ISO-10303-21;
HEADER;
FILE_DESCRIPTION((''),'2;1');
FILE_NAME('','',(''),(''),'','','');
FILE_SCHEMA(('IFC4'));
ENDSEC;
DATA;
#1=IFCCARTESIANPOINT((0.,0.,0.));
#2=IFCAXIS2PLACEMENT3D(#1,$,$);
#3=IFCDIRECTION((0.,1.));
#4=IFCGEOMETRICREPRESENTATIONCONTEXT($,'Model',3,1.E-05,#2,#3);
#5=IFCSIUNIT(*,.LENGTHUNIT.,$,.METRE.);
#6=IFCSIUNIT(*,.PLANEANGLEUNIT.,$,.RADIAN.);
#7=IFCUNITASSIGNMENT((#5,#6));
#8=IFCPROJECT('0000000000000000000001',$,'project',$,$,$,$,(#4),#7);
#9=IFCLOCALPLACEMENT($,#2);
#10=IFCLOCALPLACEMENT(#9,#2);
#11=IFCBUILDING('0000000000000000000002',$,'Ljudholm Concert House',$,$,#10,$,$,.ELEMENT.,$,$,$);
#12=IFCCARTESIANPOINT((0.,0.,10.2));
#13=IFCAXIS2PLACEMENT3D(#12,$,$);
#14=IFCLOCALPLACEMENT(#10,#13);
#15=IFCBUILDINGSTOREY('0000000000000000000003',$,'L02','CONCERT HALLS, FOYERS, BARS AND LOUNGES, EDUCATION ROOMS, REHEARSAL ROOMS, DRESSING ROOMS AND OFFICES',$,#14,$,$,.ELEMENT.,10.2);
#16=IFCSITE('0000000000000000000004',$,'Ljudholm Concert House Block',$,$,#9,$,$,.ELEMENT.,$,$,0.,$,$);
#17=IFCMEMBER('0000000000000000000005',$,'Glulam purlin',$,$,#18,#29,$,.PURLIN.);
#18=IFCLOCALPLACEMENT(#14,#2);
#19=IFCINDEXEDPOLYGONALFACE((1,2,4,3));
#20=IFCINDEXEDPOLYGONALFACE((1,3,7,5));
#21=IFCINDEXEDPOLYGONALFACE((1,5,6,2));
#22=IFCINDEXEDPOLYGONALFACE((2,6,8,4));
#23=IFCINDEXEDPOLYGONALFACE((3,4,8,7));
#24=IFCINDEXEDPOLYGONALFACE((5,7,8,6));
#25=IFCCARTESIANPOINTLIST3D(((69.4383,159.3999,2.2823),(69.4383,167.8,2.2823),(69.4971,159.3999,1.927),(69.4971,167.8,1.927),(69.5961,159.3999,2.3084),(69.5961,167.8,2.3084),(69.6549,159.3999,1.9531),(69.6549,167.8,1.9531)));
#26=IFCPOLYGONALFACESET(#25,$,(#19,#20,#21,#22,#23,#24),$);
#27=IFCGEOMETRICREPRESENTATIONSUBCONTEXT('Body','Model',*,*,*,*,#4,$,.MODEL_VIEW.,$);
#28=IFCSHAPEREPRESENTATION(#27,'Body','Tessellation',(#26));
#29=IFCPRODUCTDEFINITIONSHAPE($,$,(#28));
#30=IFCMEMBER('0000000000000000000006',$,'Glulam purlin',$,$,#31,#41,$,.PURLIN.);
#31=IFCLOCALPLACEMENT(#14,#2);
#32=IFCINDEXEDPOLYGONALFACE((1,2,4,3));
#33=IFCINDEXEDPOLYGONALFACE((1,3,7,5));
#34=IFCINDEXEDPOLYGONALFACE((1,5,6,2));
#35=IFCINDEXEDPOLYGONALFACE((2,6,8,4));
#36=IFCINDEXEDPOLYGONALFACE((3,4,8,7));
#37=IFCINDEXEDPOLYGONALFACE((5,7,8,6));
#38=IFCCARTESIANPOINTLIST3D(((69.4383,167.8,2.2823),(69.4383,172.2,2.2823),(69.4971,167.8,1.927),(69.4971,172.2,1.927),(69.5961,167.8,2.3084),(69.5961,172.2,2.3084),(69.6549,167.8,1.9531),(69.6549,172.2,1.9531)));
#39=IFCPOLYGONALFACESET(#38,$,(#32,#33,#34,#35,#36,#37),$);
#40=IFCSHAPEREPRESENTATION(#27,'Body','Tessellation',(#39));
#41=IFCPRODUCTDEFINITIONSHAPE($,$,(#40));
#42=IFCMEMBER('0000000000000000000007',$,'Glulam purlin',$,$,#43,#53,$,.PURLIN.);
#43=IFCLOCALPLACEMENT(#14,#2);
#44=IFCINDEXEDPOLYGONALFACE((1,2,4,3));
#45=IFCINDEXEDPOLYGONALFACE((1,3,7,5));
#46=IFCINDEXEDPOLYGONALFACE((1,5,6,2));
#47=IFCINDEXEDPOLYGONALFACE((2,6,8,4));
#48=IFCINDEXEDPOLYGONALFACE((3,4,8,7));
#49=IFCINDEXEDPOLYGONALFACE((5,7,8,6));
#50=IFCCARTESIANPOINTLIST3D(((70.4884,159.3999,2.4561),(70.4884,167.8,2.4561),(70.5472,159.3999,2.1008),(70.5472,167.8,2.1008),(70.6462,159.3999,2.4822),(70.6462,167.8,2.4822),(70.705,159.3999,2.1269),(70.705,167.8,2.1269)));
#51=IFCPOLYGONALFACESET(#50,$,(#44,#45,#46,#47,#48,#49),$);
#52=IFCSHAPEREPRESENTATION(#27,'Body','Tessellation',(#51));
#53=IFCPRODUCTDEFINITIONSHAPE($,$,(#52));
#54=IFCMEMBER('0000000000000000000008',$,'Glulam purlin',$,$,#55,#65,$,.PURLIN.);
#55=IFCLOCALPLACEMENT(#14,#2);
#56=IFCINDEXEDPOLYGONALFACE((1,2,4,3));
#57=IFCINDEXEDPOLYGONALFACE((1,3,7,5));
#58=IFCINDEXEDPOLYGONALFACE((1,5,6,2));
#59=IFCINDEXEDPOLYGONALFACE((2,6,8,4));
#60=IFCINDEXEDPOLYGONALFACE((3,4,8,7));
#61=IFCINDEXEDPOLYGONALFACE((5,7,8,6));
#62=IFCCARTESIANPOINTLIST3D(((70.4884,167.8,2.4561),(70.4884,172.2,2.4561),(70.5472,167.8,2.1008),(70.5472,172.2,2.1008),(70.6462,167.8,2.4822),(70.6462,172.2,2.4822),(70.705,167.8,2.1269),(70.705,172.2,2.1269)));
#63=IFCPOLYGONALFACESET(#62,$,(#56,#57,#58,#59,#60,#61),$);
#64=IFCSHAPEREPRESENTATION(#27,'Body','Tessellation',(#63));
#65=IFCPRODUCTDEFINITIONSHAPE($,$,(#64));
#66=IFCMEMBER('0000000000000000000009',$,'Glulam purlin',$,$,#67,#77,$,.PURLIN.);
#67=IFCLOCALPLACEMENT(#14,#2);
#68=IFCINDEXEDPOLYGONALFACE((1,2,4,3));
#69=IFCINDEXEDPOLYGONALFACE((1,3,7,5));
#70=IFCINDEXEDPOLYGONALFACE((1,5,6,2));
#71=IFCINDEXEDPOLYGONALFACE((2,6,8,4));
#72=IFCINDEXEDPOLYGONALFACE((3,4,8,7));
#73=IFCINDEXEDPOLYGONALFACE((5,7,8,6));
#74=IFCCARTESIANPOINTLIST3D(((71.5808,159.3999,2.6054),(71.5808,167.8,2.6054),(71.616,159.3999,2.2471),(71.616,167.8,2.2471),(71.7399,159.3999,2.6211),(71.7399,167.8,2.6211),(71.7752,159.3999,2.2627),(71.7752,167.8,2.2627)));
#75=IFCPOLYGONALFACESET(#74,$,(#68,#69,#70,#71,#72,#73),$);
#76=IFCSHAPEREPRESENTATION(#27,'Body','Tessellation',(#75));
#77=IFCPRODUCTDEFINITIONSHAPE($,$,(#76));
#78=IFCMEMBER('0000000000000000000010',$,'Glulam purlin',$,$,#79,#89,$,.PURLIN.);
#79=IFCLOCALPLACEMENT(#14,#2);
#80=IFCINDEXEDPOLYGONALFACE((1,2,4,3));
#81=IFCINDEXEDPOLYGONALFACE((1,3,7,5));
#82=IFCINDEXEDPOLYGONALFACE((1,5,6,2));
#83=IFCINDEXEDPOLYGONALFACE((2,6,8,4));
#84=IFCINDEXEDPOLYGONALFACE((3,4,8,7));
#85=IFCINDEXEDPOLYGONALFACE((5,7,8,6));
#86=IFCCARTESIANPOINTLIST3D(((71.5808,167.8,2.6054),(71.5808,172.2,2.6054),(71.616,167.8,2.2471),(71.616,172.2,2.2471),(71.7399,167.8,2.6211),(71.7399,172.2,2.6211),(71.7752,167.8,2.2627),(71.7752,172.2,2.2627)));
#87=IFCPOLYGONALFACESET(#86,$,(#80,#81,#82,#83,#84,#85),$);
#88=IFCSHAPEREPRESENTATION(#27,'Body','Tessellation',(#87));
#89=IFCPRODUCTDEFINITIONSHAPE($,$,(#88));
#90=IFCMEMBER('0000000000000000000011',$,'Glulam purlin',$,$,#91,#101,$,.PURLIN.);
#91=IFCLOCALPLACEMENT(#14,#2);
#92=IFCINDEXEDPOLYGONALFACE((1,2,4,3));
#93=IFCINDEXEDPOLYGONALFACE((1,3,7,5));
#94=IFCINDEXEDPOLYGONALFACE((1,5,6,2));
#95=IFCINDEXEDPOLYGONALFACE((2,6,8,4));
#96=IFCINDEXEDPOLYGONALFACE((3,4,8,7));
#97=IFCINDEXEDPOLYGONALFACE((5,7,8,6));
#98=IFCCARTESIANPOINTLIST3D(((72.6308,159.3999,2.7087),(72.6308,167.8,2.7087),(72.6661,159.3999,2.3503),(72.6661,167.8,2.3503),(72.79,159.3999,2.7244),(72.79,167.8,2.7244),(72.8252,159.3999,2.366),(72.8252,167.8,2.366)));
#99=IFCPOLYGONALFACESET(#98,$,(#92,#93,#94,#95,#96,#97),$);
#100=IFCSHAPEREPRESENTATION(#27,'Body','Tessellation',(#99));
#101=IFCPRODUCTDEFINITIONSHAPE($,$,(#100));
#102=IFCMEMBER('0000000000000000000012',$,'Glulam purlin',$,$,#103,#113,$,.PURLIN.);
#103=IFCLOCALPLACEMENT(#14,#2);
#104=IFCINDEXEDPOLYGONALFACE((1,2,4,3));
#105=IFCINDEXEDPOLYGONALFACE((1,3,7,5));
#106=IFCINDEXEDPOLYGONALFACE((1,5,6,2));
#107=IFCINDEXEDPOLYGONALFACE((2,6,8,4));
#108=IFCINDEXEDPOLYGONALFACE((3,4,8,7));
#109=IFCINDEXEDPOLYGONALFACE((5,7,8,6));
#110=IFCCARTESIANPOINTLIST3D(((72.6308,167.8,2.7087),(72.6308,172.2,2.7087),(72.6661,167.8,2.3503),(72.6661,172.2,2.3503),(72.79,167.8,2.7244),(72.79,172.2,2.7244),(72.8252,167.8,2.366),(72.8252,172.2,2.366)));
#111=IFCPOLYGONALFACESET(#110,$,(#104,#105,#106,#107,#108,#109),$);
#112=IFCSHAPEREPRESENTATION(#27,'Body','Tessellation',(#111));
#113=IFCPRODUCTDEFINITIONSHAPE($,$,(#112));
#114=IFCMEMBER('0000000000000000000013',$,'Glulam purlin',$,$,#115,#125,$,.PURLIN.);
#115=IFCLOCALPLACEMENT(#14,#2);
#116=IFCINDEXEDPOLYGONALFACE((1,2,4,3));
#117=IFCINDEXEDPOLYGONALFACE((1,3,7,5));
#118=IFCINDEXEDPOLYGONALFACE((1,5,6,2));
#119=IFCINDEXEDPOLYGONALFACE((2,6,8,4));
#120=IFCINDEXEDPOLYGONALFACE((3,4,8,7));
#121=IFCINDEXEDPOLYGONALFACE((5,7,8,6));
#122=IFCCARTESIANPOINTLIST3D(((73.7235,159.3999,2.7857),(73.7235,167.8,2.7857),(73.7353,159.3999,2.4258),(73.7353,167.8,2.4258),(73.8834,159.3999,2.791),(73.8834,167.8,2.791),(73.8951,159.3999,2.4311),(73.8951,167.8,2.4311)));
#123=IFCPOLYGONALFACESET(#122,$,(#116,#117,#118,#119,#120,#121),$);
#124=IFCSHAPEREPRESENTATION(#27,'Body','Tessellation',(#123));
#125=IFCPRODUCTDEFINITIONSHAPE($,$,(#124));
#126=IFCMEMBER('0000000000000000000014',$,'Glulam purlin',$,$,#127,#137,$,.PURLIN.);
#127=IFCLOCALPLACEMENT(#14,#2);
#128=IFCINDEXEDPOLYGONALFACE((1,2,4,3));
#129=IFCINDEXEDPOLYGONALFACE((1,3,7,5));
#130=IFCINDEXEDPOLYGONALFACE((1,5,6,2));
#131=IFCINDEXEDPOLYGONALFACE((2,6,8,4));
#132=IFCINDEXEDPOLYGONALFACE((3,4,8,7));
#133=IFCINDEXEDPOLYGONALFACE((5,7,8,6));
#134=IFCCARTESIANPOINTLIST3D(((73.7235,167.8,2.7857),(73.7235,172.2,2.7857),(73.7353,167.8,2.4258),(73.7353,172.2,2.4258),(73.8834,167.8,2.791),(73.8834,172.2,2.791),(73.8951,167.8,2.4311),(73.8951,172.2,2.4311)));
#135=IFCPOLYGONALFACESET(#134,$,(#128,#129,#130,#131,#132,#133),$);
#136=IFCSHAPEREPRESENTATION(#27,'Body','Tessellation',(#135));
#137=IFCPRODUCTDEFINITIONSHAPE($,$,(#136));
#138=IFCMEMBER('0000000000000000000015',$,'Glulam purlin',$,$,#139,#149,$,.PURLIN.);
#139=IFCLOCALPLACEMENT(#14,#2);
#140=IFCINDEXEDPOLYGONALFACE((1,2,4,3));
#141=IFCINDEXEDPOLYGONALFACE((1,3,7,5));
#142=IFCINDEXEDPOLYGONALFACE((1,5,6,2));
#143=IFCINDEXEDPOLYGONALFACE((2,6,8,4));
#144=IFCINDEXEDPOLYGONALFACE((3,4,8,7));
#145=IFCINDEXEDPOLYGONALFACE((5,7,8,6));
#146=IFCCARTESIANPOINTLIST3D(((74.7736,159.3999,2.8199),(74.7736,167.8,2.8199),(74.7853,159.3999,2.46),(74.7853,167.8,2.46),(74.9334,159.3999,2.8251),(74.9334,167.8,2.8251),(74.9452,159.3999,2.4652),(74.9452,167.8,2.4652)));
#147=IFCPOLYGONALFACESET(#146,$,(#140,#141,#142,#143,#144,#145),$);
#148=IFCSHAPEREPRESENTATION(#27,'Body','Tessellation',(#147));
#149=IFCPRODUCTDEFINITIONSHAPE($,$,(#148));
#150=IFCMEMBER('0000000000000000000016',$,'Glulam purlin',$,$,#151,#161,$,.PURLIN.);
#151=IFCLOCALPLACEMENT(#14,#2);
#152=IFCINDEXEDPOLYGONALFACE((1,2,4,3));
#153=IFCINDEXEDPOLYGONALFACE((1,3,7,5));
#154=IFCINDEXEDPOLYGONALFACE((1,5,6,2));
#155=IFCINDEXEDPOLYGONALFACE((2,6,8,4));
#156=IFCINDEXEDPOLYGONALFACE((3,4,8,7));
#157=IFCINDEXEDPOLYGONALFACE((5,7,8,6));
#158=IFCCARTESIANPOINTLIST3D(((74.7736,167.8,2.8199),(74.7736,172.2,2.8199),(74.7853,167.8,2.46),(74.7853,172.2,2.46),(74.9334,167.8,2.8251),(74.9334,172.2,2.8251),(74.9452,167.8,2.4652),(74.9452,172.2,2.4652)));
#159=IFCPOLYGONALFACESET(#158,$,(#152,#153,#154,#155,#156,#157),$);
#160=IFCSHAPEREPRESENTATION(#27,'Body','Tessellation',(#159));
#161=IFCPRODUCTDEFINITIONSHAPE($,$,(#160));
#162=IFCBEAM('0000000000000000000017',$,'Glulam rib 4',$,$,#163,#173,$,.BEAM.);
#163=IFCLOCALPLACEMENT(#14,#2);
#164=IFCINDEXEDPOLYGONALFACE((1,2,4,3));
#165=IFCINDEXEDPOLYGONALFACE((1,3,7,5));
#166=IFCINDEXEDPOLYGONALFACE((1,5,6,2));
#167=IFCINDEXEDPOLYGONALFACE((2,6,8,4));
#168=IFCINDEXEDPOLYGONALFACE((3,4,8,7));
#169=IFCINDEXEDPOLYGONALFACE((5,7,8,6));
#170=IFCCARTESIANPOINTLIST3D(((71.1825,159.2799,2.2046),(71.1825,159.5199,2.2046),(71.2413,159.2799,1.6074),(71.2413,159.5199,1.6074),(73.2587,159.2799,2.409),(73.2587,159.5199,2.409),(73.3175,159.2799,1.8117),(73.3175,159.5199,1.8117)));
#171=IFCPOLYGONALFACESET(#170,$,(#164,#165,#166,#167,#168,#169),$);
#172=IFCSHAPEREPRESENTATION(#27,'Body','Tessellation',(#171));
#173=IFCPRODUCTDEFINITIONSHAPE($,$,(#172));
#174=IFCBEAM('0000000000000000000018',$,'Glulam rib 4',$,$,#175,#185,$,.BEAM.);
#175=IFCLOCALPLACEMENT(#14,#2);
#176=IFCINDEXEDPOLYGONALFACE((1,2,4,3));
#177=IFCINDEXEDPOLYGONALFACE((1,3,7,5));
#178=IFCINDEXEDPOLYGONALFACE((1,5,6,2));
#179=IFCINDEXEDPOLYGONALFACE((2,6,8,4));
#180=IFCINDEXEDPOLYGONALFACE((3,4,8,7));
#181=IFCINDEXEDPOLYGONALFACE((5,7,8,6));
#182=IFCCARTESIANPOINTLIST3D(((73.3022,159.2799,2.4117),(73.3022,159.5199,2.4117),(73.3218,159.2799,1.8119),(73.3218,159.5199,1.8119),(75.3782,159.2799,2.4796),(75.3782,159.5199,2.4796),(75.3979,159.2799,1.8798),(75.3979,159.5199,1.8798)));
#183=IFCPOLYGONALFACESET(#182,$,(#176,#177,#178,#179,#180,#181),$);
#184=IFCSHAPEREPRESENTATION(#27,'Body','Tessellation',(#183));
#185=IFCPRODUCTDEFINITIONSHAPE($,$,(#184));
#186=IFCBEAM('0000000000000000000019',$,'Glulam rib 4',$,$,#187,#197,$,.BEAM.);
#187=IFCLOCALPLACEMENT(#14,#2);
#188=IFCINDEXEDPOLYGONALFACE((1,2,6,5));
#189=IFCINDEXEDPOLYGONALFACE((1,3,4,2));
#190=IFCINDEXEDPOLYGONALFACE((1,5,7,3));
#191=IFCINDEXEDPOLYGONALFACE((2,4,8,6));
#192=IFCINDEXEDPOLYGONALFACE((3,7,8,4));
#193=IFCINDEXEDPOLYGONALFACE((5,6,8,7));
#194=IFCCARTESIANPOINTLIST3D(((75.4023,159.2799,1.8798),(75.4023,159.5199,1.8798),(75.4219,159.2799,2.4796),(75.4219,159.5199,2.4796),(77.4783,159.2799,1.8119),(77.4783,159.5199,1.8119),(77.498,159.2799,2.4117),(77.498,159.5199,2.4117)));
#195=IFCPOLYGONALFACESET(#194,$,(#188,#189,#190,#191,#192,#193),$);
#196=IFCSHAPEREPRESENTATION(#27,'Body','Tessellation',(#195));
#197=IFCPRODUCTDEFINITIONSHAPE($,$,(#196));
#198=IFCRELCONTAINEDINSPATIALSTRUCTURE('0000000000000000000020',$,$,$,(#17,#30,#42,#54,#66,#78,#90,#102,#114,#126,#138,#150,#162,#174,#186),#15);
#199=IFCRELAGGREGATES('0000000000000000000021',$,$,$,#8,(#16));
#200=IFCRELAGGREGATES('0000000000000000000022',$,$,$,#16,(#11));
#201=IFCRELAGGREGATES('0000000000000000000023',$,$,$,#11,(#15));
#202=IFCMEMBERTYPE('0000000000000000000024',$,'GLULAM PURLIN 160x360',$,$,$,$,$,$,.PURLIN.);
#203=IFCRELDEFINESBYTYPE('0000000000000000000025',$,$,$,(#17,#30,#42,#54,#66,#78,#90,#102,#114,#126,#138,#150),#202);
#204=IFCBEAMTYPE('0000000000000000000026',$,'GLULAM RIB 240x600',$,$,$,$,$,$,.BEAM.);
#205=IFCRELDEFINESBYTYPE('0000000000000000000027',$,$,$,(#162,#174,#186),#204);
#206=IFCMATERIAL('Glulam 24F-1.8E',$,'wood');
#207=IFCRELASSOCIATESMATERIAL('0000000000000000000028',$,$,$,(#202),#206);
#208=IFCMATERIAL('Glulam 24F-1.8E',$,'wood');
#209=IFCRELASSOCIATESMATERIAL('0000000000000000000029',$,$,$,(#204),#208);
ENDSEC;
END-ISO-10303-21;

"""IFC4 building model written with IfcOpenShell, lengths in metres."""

from ifc_helpers import new_model, si_unit, direction, frame, origin, origin_2d, place, context, subcontext, project, spatial, rectangle, extrude, material, material_profile, profile_set, type_object, element, save


model = new_model("IFC4")

# Units and contexts
model_context = context("Model", 3, precision=1e-05, world=origin(), true_north=direction((0.0, 1.0)))
body_context = subcontext(model_context, "Body", "Model", "MODEL_VIEW")
ifc_project = project(units=[si_unit("LENGTHUNIT", "METRE"), si_unit("PLANEANGLEUNIT", "RADIAN")], contexts=[model_context])

# Site, building, storey
site_placement = place(None, origin())
site = spatial("IfcSite", under=ifc_project, at=site_placement, Name="Ljudholm Concert House Block", CompositionType="ELEMENT", RefElevation=0.0)
building_placement = place(site_placement, origin())
building = spatial("IfcBuilding", under=site, at=building_placement, Name="Ljudholm Concert House", CompositionType="ELEMENT")
storey_placement = place(building_placement, frame((0.0, 0.0, 10.2)))
storey = spatial("IfcBuildingStorey", under=building, at=storey_placement, Name="L02", Description="CONCERT HALLS, FOYERS, BARS AND LOUNGES, EDUCATION ROOMS, REHEARSAL ROOMS, DRESSING ROOMS AND OFFICES", CompositionType="ELEMENT", Elevation=10.2)

# Members
ifc_material_1 = material(Name="Glulam 24F-1.8E", Category="wood")
ifc_material_profile_1 = material_profile(ifc_material_1, rectangle(XDim=0.1599, YDim=0.3601, at=origin_2d()), Name="GLULAM PURLIN 160x360")
ifc_profile_set_1 = profile_set([ifc_material_profile_1], Name="Glulam 24F-1.8E")
member_type = type_object("IfcMemberType", Name="GLULAM PURLIN 160x360", PredefinedType="PURLIN", material=ifc_profile_set_1)
member_1_placement = place(storey_placement, frame((69.5466, 159.3999, 2.1177), z_axis=(0.0, 1.0, 0.0), x_axis=(-0.986581, 0.0, -0.163275)))
element("IfcMember", 1, at=member_1_placement, inside=storey, type_object=member_type, Name="Glulam purlin", PredefinedType="PURLIN", context=body_context, shape_type="SweptSolid", body=[
    extrude(rectangle(XDim=0.1599, YDim=0.3601, at=origin_2d()), origin(), (0.0, 0.0, 1.0), 8.4001),
])
member_2_placement = place(storey_placement, frame((69.5466, 167.8, 2.1177), z_axis=(0.0, 1.0, 0.0), x_axis=(-0.986581, 0.0, -0.163275)))
element("IfcMember", 2, at=member_2_placement, inside=storey, type_object=member_type, Name="Glulam purlin", PredefinedType="PURLIN", context=body_context, shape_type="SweptSolid", body=[
    extrude(rectangle(XDim=0.1599, YDim=0.3601, at=origin_2d()), origin(), (0.0, 0.0, 1.0), 4.3999),
])
member_3_placement = place(storey_placement, frame((70.5967, 159.3999, 2.2915), z_axis=(0.0, 1.0, 0.0), x_axis=(-0.986581, 0.0, -0.163275)))
element("IfcMember", 3, at=member_3_placement, inside=storey, type_object=member_type, Name="Glulam purlin", PredefinedType="PURLIN", context=body_context, shape_type="SweptSolid", body=[
    extrude(rectangle(XDim=0.1599, YDim=0.3601, at=origin_2d()), origin(), (0.0, 0.0, 1.0), 8.4001),
])
member_4_placement = place(storey_placement, frame((70.5967, 167.8, 2.2915), z_axis=(0.0, 1.0, 0.0), x_axis=(-0.986581, 0.0, -0.163275)))
element("IfcMember", 4, at=member_4_placement, inside=storey, type_object=member_type, Name="Glulam purlin", PredefinedType="PURLIN", context=body_context, shape_type="SweptSolid", body=[
    extrude(rectangle(XDim=0.1599, YDim=0.3601, at=origin_2d()), origin(), (0.0, 0.0, 1.0), 4.3999),
])
member_5_placement = place(storey_placement, frame((71.678, 159.3999, 2.4341), z_axis=(0.0, 1.0, 0.0), x_axis=(-0.99519, 0.0, -0.097964)))
element("IfcMember", 5, at=member_5_placement, inside=storey, type_object=member_type, Name="Glulam purlin", PredefinedType="PURLIN", context=body_context, shape_type="SweptSolid", body=[
    extrude(rectangle(XDim=0.1599, YDim=0.3601, at=origin_2d()), origin(), (0.0, 0.0, 1.0), 8.4001),
])
member_6_placement = place(storey_placement, frame((71.678, 167.8, 2.4341), z_axis=(0.0, 1.0, 0.0), x_axis=(-0.99519, 0.0, -0.097964)))
element("IfcMember", 6, at=member_6_placement, inside=storey, type_object=member_type, Name="Glulam purlin", PredefinedType="PURLIN", context=body_context, shape_type="SweptSolid", body=[
    extrude(rectangle(XDim=0.1599, YDim=0.3601, at=origin_2d()), origin(), (0.0, 0.0, 1.0), 4.3999),
])
member_7_placement = place(storey_placement, frame((72.728, 159.3999, 2.5374), z_axis=(0.0, 1.0, 0.0), x_axis=(-0.99519, 0.0, -0.097964)))
element("IfcMember", 7, at=member_7_placement, inside=storey, type_object=member_type, Name="Glulam purlin", PredefinedType="PURLIN", context=body_context, shape_type="SweptSolid", body=[
    extrude(rectangle(XDim=0.1599, YDim=0.3601, at=origin_2d()), origin(), (0.0, 0.0, 1.0), 8.4001),
])
member_8_placement = place(storey_placement, frame((72.728, 167.8, 2.5374), z_axis=(0.0, 1.0, 0.0), x_axis=(-0.99519, 0.0, -0.097964)))
element("IfcMember", 8, at=member_8_placement, inside=storey, type_object=member_type, Name="Glulam purlin", PredefinedType="PURLIN", context=body_context, shape_type="SweptSolid", body=[
    extrude(rectangle(XDim=0.1599, YDim=0.3601, at=origin_2d()), origin(), (0.0, 0.0, 1.0), 4.3999),
])
member_9_placement = place(storey_placement, frame((73.8093, 159.3999, 2.6084), z_axis=(0.0, 1.0, 0.0), x_axis=(-0.999467, 0.0, -0.032655)))
element("IfcMember", 9, at=member_9_placement, inside=storey, type_object=member_type, Name="Glulam purlin", PredefinedType="PURLIN", context=body_context, shape_type="SweptSolid", body=[
    extrude(rectangle(XDim=0.1599, YDim=0.3601, at=origin_2d()), origin(), (0.0, 0.0, 1.0), 8.4001),
])
member_10_placement = place(storey_placement, frame((73.8093, 167.8, 2.6084), z_axis=(0.0, 1.0, 0.0), x_axis=(-0.999467, 0.0, -0.032655)))
element("IfcMember", 10, at=member_10_placement, inside=storey, type_object=member_type, Name="Glulam purlin", PredefinedType="PURLIN", context=body_context, shape_type="SweptSolid", body=[
    extrude(rectangle(XDim=0.1599, YDim=0.3601, at=origin_2d()), origin(), (0.0, 0.0, 1.0), 4.3999),
])
member_11_placement = place(storey_placement, frame((74.8594, 159.3999, 2.6426), z_axis=(0.0, 1.0, 0.0), x_axis=(-0.999467, 0.0, -0.032655)))
element("IfcMember", 11, at=member_11_placement, inside=storey, type_object=member_type, Name="Glulam purlin", PredefinedType="PURLIN", context=body_context, shape_type="SweptSolid", body=[
    extrude(rectangle(XDim=0.1599, YDim=0.3601, at=origin_2d()), origin(), (0.0, 0.0, 1.0), 8.4001),
])
member_12_placement = place(storey_placement, frame((74.8594, 167.8, 2.6426), z_axis=(0.0, 1.0, 0.0), x_axis=(-0.999467, 0.0, -0.032655)))
element("IfcMember", 12, at=member_12_placement, inside=storey, type_object=member_type, Name="Glulam purlin", PredefinedType="PURLIN", context=body_context, shape_type="SweptSolid", body=[
    extrude(rectangle(XDim=0.1599, YDim=0.3601, at=origin_2d()), origin(), (0.0, 0.0, 1.0), 4.3999),
])

# Beams
ifc_material_2 = material(Name="Glulam 24F-1.8E", Category="wood")
ifc_material_profile_2 = material_profile(ifc_material_2, rectangle(XDim=0.24, YDim=0.6001, at=origin_2d()), Name="GLULAM RIB 240x600")
ifc_profile_set_2 = profile_set([ifc_material_profile_2], Name="Glulam 24F-1.8E")
beam_type = type_object("IfcBeamType", Name="GLULAM RIB 240x600", PredefinedType="BEAM", material=ifc_profile_set_2)
beam_1_placement = place(storey_placement, frame((71.2119, 159.3999, 1.906), z_axis=(0.995191, 0.0, 0.097951), x_axis=(0.0, 1.0, 0.0)))
element("IfcBeam", 13, at=beam_1_placement, inside=storey, type_object=beam_type, Name="Glulam rib 4", PredefinedType="BEAM", context=body_context, shape_type="SweptSolid", body=[
    extrude(rectangle(XDim=0.24, YDim=0.6001, at=origin_2d()), origin(), (0.0, 0.0, 1.0), 2.0862),
])
for number, where, z_axis, x_axis, name in (
    (14, (73.312, 159.3999, 2.1118), (0.999466, 0.0, 0.032677), (0.0, 1.0, 0.0), "Glulam rib 4"),
    (15, (75.4121, 159.3999, 2.1797), (0.999466, 0.0, -0.032677), (0.0, 1.0, 0.0), "Glulam rib 4"),
):
    element("IfcBeam", number, at=place(storey_placement, frame(where, z_axis=z_axis, x_axis=x_axis)), inside=storey, type_object=beam_type, Name=name, PredefinedType="BEAM", context=body_context, shape_type="SweptSolid", body=[
        extrude(rectangle(XDim=0.24, YDim=0.6001, at=origin_2d()), origin(), (0.0, 0.0, 1.0), 2.0771),
    ])

save(model, "model.ifc")
